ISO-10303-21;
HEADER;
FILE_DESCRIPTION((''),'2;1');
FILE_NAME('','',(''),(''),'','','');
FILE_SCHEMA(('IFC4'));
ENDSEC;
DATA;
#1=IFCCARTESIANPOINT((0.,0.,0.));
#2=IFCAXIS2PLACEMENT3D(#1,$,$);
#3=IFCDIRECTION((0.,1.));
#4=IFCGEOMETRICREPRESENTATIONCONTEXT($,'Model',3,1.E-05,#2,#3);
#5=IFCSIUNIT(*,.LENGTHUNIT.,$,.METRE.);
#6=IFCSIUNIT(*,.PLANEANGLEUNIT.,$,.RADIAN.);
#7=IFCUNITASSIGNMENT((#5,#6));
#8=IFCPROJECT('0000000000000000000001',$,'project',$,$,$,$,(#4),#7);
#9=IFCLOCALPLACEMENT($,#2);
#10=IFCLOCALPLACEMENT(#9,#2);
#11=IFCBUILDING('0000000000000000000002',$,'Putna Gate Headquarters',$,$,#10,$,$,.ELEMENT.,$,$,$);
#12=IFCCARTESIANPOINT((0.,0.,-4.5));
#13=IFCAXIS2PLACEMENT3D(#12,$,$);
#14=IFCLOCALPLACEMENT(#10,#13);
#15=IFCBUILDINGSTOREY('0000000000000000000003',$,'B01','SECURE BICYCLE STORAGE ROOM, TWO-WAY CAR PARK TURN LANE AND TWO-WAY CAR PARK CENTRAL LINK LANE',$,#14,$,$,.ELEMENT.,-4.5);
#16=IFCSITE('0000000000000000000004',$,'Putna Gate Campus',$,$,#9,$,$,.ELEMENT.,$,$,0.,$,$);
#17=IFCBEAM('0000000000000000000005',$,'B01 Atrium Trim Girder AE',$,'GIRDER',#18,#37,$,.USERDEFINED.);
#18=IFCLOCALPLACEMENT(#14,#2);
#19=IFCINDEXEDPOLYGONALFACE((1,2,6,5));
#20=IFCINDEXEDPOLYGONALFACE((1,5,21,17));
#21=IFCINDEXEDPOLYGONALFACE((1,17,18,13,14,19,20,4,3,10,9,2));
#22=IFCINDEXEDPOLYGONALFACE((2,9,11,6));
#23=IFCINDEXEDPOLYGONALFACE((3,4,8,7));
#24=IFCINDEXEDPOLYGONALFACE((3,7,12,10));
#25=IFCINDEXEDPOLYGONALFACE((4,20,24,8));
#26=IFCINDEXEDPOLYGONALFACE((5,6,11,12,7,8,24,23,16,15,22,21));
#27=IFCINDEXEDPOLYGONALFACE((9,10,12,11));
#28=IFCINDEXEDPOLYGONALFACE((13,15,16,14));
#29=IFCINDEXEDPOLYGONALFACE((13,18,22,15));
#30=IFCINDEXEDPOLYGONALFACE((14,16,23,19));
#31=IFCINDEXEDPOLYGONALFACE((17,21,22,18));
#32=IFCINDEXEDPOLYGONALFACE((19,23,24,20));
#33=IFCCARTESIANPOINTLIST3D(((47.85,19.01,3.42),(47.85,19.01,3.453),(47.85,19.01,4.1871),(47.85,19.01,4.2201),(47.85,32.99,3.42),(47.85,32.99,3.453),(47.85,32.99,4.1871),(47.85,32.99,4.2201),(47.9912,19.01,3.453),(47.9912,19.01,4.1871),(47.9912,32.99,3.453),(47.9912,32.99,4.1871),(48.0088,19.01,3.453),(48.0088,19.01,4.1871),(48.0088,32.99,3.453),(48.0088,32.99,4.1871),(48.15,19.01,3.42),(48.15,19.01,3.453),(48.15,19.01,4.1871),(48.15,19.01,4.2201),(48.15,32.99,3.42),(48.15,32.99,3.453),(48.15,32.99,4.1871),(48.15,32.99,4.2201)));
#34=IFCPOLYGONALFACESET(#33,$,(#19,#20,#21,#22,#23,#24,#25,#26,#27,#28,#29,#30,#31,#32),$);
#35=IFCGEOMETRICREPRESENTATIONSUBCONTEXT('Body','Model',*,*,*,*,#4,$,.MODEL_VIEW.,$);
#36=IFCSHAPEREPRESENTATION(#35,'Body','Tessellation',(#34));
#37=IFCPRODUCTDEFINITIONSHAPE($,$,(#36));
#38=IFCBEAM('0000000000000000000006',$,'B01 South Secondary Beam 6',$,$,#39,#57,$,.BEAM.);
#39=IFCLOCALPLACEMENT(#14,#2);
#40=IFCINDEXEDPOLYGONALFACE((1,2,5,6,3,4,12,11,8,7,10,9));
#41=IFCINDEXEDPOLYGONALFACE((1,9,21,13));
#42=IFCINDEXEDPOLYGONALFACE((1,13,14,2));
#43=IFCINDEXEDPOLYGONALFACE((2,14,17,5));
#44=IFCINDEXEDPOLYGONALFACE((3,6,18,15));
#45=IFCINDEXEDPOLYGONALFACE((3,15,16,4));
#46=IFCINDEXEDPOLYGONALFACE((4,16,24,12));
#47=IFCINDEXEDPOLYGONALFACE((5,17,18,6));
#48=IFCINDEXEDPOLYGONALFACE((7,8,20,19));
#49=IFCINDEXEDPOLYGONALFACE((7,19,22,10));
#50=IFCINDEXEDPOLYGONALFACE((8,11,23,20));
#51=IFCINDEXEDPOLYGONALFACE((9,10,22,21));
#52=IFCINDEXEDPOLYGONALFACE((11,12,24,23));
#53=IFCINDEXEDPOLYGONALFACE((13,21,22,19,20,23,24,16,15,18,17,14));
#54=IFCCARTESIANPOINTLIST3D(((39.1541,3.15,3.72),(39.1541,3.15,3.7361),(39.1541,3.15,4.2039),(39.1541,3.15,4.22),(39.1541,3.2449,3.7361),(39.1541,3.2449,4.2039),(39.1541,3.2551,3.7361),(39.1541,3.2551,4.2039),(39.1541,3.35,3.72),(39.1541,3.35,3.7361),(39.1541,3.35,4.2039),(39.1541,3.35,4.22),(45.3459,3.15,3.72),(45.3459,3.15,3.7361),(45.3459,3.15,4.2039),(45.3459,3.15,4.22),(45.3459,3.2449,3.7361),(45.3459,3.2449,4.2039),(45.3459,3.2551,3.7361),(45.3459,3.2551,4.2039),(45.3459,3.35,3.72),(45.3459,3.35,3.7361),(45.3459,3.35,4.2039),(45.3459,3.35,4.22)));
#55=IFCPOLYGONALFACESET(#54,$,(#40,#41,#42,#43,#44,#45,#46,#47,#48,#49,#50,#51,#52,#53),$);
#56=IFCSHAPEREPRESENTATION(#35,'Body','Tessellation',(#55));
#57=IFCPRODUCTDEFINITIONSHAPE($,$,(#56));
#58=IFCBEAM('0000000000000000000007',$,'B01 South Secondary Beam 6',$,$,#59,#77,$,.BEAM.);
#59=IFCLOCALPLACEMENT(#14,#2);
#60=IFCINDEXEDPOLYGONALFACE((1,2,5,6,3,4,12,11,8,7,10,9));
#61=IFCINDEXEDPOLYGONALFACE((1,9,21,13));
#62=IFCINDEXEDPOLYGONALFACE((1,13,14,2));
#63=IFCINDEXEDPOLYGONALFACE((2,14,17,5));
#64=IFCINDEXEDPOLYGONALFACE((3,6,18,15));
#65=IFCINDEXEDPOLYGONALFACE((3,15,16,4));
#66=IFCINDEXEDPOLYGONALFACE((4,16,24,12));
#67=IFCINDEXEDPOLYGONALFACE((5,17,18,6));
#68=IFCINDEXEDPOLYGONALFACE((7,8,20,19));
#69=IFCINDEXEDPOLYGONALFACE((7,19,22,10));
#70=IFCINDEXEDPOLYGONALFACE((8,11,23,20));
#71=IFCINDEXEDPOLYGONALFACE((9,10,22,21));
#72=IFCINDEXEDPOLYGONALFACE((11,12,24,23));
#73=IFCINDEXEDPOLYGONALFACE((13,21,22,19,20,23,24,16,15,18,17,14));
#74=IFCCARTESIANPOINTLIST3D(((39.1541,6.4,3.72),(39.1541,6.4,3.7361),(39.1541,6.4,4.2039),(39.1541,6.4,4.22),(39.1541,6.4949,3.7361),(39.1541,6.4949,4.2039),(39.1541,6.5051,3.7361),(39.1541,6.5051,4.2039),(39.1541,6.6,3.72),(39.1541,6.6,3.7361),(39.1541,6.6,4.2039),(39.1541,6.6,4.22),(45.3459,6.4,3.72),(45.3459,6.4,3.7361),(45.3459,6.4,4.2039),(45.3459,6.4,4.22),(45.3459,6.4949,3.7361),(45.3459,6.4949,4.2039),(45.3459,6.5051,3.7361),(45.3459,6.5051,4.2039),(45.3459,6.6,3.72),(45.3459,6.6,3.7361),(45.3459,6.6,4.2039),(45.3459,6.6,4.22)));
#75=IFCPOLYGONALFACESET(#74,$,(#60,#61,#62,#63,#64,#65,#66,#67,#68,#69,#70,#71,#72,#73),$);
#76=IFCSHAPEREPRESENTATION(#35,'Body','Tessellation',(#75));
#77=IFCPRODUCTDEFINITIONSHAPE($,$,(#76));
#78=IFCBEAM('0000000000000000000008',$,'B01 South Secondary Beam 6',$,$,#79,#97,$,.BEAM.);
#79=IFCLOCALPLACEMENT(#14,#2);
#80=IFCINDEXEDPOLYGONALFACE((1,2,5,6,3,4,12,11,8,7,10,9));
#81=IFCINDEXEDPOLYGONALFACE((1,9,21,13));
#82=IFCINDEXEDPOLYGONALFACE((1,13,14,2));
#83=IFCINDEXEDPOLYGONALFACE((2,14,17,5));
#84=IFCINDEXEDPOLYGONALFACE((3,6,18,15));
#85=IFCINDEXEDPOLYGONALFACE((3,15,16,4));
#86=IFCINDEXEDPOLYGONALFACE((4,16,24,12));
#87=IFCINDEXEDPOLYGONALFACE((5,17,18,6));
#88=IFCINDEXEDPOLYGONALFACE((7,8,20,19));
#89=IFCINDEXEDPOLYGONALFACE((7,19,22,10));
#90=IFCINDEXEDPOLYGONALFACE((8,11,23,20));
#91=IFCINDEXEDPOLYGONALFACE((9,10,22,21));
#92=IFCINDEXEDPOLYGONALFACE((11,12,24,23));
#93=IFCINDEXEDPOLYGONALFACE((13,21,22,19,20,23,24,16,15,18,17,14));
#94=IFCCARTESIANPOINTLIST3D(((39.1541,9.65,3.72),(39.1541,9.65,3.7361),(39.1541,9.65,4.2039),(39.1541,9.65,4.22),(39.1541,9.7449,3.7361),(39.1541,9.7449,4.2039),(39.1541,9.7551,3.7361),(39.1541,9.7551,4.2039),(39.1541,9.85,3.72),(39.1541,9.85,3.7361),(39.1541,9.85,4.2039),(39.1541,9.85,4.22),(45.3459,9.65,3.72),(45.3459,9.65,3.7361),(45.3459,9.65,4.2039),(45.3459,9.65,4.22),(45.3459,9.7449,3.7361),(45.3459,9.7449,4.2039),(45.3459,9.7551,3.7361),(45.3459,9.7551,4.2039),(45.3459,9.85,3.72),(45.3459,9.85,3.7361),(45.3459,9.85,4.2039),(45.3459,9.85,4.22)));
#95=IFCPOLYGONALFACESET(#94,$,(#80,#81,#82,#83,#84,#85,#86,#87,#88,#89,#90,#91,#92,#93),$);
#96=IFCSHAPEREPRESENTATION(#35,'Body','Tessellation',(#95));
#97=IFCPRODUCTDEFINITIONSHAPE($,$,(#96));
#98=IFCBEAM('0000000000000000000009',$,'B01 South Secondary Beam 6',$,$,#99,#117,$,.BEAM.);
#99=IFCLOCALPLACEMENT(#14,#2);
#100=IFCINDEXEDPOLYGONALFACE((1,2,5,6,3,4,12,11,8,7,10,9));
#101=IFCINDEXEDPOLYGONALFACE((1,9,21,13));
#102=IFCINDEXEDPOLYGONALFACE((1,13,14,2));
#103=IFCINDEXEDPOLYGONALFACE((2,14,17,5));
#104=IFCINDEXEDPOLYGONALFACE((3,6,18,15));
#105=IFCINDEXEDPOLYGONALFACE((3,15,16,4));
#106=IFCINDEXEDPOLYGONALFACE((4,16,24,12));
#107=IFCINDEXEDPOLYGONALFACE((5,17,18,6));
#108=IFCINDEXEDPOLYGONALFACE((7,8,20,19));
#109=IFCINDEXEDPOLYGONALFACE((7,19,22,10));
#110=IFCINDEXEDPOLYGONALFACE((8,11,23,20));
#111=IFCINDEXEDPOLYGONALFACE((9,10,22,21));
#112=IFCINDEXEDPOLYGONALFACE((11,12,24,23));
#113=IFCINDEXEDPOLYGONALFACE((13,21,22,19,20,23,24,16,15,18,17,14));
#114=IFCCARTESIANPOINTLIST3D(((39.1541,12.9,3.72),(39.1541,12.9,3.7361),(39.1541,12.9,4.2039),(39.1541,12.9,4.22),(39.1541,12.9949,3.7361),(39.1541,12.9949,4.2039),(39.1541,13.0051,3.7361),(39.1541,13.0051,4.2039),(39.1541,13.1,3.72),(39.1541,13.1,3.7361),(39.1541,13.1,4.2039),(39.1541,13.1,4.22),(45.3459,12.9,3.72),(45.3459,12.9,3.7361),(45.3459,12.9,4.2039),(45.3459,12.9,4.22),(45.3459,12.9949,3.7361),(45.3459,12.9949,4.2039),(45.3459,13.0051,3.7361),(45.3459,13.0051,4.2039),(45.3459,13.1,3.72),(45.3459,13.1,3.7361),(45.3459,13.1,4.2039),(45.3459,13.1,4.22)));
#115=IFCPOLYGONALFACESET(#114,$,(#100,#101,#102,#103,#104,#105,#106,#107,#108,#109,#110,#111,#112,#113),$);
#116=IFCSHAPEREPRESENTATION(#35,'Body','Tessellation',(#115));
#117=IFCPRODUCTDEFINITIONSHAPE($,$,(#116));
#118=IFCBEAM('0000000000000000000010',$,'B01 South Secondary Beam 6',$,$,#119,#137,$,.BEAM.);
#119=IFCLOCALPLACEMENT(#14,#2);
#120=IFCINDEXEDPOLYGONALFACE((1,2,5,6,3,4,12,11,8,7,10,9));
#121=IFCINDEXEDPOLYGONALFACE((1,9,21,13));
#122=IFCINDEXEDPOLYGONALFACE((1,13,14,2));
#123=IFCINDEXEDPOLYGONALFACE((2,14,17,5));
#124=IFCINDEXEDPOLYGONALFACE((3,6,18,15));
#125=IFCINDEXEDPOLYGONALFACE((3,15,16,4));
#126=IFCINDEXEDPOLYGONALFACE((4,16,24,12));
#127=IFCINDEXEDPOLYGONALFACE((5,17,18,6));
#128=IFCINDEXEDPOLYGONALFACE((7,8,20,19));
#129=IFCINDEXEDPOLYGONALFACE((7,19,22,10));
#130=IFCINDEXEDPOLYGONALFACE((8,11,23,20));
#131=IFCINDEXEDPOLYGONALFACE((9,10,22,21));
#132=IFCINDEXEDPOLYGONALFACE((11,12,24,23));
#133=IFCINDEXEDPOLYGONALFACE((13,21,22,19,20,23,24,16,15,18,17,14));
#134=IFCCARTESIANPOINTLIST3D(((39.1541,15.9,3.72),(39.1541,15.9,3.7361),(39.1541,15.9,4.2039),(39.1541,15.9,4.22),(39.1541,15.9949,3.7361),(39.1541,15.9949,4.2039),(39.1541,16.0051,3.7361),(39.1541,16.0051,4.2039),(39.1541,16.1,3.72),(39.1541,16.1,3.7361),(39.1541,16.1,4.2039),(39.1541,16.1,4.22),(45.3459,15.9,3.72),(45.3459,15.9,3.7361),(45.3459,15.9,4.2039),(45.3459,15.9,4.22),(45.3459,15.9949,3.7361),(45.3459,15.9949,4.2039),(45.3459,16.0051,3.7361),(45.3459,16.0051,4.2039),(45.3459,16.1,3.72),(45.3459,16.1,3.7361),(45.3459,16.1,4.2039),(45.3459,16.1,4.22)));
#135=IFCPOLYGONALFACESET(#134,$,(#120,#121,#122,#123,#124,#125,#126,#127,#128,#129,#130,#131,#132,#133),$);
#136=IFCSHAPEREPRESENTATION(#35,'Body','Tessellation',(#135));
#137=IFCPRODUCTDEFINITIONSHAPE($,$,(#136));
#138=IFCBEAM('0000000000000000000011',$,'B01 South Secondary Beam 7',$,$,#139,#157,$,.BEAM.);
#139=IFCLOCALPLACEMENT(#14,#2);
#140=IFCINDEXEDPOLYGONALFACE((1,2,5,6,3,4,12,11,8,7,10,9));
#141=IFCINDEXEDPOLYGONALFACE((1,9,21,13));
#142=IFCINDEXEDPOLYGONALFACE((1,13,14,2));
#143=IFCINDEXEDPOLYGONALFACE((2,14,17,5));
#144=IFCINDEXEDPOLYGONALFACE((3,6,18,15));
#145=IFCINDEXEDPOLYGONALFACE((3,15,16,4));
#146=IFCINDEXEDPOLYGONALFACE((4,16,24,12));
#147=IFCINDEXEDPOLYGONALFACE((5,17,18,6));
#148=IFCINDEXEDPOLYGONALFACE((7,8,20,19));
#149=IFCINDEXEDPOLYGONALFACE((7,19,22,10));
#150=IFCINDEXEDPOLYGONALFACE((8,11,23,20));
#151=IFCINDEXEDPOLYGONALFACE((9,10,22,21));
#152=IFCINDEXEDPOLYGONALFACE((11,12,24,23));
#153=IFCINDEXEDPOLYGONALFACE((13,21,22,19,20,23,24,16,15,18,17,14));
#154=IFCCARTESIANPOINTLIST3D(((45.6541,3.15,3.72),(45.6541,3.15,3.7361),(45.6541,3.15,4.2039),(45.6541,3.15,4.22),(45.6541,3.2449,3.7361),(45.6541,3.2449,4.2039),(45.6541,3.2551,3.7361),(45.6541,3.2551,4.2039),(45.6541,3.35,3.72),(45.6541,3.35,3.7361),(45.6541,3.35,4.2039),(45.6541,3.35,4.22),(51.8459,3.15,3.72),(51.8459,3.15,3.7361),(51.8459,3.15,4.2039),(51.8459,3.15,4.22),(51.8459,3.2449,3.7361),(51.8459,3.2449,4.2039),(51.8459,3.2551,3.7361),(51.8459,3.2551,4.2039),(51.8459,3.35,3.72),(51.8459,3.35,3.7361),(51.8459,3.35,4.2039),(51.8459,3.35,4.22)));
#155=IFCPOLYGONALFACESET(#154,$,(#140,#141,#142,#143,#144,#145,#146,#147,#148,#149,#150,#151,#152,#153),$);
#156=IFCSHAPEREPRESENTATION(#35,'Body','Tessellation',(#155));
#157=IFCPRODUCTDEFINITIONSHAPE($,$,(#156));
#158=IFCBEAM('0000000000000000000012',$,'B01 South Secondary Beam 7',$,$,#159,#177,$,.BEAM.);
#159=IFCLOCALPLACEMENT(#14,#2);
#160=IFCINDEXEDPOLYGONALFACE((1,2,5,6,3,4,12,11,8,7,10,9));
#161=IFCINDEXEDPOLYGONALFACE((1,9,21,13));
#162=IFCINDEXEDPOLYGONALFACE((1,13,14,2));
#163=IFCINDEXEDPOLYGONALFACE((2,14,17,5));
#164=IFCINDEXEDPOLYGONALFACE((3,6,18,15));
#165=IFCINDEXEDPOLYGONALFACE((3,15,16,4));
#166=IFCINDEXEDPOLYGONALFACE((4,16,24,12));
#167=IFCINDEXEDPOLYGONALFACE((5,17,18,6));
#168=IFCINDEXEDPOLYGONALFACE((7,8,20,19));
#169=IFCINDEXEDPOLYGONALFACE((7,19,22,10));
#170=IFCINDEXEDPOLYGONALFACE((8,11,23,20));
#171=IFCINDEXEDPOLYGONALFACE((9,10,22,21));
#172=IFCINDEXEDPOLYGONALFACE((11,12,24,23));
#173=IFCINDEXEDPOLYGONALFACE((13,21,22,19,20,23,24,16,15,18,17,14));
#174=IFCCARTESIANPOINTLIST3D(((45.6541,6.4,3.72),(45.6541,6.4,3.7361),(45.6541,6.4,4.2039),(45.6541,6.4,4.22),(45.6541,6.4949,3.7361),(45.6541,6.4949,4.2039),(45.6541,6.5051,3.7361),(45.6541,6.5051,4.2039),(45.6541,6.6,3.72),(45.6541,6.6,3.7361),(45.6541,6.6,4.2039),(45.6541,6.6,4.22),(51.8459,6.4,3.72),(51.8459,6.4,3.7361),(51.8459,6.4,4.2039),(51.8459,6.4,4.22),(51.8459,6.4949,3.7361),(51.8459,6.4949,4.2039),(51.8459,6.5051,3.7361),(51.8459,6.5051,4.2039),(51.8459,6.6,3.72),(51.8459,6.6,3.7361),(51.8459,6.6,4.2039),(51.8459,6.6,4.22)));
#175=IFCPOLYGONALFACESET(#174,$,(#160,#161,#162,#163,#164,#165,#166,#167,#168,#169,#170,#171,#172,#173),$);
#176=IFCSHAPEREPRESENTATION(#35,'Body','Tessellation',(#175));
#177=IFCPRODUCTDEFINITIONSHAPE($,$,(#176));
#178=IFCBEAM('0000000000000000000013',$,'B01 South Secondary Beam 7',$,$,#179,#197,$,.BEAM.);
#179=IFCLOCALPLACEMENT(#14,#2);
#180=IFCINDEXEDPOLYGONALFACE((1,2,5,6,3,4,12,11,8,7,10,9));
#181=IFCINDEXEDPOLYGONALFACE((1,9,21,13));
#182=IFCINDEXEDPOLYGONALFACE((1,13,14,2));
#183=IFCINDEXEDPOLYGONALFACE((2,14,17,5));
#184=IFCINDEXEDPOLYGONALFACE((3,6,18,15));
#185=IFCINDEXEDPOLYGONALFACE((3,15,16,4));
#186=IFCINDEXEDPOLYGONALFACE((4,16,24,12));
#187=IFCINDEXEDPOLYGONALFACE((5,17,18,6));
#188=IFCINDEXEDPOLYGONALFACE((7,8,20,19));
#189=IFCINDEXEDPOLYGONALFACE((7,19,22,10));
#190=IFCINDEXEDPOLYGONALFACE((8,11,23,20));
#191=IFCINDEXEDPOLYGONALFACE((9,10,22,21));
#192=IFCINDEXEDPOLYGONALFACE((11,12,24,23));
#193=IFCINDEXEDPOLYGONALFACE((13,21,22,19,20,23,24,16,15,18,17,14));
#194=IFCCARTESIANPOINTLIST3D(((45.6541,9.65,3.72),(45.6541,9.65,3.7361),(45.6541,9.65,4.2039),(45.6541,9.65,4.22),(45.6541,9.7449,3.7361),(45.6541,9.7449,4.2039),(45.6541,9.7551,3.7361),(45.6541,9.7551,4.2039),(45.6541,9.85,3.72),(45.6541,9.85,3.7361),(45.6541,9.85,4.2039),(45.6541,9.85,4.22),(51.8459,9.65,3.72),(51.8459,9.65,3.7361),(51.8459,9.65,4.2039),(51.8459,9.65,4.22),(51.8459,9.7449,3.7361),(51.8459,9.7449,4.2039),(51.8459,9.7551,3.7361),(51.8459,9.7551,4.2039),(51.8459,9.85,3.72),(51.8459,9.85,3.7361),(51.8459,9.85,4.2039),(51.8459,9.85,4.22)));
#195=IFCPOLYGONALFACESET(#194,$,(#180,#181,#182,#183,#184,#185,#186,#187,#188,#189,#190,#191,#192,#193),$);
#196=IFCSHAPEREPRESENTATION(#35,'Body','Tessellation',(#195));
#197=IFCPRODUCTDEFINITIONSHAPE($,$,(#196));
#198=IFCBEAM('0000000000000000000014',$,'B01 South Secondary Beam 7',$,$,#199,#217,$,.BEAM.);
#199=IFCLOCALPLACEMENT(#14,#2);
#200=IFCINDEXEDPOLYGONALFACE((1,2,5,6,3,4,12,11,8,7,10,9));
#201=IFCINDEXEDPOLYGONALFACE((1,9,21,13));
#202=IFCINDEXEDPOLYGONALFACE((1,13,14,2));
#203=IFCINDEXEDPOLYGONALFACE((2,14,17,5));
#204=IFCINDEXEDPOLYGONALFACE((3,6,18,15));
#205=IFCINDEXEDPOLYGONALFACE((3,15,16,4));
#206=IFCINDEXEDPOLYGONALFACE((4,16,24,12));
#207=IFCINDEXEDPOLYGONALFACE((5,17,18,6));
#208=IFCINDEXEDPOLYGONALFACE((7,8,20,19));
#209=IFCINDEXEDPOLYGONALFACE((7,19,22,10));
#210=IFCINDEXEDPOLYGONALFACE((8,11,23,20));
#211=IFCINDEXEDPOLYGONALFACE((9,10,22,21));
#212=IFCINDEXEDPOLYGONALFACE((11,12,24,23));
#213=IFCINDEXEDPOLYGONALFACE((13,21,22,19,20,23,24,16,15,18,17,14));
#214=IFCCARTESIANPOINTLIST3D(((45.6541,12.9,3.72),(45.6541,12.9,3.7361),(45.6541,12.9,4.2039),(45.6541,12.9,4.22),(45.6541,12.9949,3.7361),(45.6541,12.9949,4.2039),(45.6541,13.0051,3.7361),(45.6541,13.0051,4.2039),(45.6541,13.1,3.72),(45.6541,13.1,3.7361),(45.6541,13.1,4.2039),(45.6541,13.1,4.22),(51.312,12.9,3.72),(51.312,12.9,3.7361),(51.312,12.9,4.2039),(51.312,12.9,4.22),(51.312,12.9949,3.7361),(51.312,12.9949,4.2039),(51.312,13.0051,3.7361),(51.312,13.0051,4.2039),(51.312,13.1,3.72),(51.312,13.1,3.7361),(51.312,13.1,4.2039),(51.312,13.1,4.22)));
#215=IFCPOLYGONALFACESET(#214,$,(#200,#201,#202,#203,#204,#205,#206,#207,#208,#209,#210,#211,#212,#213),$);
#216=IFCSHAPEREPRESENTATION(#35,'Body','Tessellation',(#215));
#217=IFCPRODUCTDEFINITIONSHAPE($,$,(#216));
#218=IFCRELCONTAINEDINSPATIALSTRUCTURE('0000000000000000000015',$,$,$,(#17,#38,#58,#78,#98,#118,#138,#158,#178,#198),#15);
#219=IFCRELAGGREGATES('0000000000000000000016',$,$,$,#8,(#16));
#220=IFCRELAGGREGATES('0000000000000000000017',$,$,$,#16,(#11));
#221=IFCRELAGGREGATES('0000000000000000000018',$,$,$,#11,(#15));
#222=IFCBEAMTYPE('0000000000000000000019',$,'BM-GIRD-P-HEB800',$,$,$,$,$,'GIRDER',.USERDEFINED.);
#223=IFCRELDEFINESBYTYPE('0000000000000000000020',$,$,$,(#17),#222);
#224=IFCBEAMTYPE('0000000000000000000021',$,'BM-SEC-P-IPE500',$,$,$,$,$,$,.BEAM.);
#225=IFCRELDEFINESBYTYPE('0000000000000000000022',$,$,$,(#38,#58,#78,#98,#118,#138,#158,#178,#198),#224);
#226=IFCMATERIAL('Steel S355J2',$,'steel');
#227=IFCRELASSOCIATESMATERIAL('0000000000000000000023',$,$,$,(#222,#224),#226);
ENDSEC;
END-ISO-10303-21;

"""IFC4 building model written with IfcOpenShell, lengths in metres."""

from ifc_helpers import new_model, si_unit, direction, frame, origin, origin_2d, place, context, subcontext, project, spatial, i_section, extrude, material, material_profile, profile_set, type_object, element, save


model = new_model("IFC4")

# Units and contexts
model_context = context("Model", 3, precision=1e-05, world=origin(), true_north=direction((0.0, 1.0)))
body_context = subcontext(model_context, "Body", "Model", "MODEL_VIEW")
ifc_project = project(units=[si_unit("LENGTHUNIT", "METRE"), si_unit("PLANEANGLEUNIT", "RADIAN")], contexts=[model_context])

# Site, building, storey
site_placement = place(None, origin())
site = spatial("IfcSite", under=ifc_project, at=site_placement, Name="Putna Gate Campus", CompositionType="ELEMENT", RefElevation=0.0)
building_placement = place(site_placement, origin())
building = spatial("IfcBuilding", under=site, at=building_placement, Name="Putna Gate Headquarters", CompositionType="ELEMENT")
storey_placement = place(building_placement, frame((0.0, 0.0, -4.5)))
storey = spatial("IfcBuildingStorey", under=building, at=storey_placement, Name="B01", Description="SECURE BICYCLE STORAGE ROOM, TWO-WAY CAR PARK TURN LANE AND TWO-WAY CAR PARK CENTRAL LINK LANE", CompositionType="ELEMENT", Elevation=-4.5)

# Beams
ifc_material_1 = material(Name="Steel S355J2", Category="steel")
ifc_material_profile_1 = material_profile(ifc_material_1, i_section(OverallWidth=0.3, OverallDepth=0.8, WebThickness=0.0176, FlangeThickness=0.033, at=origin_2d()), Name="Steel S355J2")
ifc_profile_set_1 = profile_set([ifc_material_profile_1], Name="Steel S355J2")
beam_type_1 = type_object("IfcBeamType", Name="BM-GIRD-P-HEB800", ElementType="GIRDER", PredefinedType="USERDEFINED", material=ifc_profile_set_1)
beam_1_placement = place(storey_placement, frame((48.0, 19.01, 3.8201), z_axis=(0.0, 1.0, 0.0), x_axis=(-1.0, 0.0, 0.0)))
element("IfcBeam", 1, at=beam_1_placement, inside=storey, type_object=beam_type_1, Name="B01 Atrium Trim Girder AE", ObjectType="GIRDER", PredefinedType="USERDEFINED", context=body_context, shape_type="SweptSolid", body=[
    extrude(i_section(OverallWidth=0.3, OverallDepth=0.8, WebThickness=0.0176, FlangeThickness=0.033, at=origin_2d()), origin(), (0.0, 0.0, 1.0), 13.98),
])
ifc_material_profile_2 = material_profile(ifc_material_1, i_section(OverallWidth=0.2, OverallDepth=0.5, WebThickness=0.0103, FlangeThickness=0.0161, at=origin_2d()), Name="Steel S355J2")
ifc_profile_set_2 = profile_set([ifc_material_profile_2], Name="Steel S355J2")
beam_type_2 = type_object("IfcBeamType", Name="BM-SEC-P-IPE500", PredefinedType="BEAM", material=ifc_profile_set_2)
for number, where, z_axis, x_axis, name in (
    (2, (39.1541, 3.25, 3.97), (1.0, 0.0, 0.0), (0.0, 1.0, 0.0), "B01 South Secondary Beam 6"),
    (3, (39.1541, 6.5, 3.97), (1.0, 0.0, 0.0), (0.0, 1.0, 0.0), "B01 South Secondary Beam 6"),
    (4, (39.1541, 9.75, 3.97), (1.0, 0.0, 0.0), (0.0, 1.0, 0.0), "B01 South Secondary Beam 6"),
    (5, (39.1541, 13.0, 3.97), (1.0, 0.0, 0.0), (0.0, 1.0, 0.0), "B01 South Secondary Beam 6"),
    (6, (39.1541, 16.0, 3.97), (1.0, 0.0, 0.0), (0.0, 1.0, 0.0), "B01 South Secondary Beam 6"),
    (7, (45.6541, 3.25, 3.97), (1.0, 0.0, 0.0), (0.0, 1.0, 0.0), "B01 South Secondary Beam 7"),
    (8, (45.6541, 6.5, 3.97), (1.0, 0.0, 0.0), (0.0, 1.0, 0.0), "B01 South Secondary Beam 7"),
    (9, (45.6541, 9.75, 3.97), (1.0, 0.0, 0.0), (0.0, 1.0, 0.0), "B01 South Secondary Beam 7"),
):
    element("IfcBeam", number, at=place(storey_placement, frame(where, z_axis=z_axis, x_axis=x_axis)), inside=storey, type_object=beam_type_2, Name=name, PredefinedType="BEAM", context=body_context, shape_type="SweptSolid", body=[
        extrude(i_section(OverallWidth=0.2, OverallDepth=0.5, WebThickness=0.0103, FlangeThickness=0.0161, at=origin_2d()), origin(), (0.0, 0.0, 1.0), 6.1919),
    ])
beam_2_placement = place(storey_placement, frame((45.6541, 13.0, 3.97), z_axis=(1.0, 0.0, 0.0), x_axis=(0.0, 1.0, 0.0)))
element("IfcBeam", 10, at=beam_2_placement, inside=storey, type_object=beam_type_2, Name="B01 South Secondary Beam 7", PredefinedType="BEAM", context=body_context, shape_type="SweptSolid", body=[
    extrude(i_section(OverallWidth=0.2, OverallDepth=0.5, WebThickness=0.0103, FlangeThickness=0.0161, at=origin_2d()), origin(), (0.0, 0.0, 1.0), 5.658),
])

save(model, "model.ifc")
